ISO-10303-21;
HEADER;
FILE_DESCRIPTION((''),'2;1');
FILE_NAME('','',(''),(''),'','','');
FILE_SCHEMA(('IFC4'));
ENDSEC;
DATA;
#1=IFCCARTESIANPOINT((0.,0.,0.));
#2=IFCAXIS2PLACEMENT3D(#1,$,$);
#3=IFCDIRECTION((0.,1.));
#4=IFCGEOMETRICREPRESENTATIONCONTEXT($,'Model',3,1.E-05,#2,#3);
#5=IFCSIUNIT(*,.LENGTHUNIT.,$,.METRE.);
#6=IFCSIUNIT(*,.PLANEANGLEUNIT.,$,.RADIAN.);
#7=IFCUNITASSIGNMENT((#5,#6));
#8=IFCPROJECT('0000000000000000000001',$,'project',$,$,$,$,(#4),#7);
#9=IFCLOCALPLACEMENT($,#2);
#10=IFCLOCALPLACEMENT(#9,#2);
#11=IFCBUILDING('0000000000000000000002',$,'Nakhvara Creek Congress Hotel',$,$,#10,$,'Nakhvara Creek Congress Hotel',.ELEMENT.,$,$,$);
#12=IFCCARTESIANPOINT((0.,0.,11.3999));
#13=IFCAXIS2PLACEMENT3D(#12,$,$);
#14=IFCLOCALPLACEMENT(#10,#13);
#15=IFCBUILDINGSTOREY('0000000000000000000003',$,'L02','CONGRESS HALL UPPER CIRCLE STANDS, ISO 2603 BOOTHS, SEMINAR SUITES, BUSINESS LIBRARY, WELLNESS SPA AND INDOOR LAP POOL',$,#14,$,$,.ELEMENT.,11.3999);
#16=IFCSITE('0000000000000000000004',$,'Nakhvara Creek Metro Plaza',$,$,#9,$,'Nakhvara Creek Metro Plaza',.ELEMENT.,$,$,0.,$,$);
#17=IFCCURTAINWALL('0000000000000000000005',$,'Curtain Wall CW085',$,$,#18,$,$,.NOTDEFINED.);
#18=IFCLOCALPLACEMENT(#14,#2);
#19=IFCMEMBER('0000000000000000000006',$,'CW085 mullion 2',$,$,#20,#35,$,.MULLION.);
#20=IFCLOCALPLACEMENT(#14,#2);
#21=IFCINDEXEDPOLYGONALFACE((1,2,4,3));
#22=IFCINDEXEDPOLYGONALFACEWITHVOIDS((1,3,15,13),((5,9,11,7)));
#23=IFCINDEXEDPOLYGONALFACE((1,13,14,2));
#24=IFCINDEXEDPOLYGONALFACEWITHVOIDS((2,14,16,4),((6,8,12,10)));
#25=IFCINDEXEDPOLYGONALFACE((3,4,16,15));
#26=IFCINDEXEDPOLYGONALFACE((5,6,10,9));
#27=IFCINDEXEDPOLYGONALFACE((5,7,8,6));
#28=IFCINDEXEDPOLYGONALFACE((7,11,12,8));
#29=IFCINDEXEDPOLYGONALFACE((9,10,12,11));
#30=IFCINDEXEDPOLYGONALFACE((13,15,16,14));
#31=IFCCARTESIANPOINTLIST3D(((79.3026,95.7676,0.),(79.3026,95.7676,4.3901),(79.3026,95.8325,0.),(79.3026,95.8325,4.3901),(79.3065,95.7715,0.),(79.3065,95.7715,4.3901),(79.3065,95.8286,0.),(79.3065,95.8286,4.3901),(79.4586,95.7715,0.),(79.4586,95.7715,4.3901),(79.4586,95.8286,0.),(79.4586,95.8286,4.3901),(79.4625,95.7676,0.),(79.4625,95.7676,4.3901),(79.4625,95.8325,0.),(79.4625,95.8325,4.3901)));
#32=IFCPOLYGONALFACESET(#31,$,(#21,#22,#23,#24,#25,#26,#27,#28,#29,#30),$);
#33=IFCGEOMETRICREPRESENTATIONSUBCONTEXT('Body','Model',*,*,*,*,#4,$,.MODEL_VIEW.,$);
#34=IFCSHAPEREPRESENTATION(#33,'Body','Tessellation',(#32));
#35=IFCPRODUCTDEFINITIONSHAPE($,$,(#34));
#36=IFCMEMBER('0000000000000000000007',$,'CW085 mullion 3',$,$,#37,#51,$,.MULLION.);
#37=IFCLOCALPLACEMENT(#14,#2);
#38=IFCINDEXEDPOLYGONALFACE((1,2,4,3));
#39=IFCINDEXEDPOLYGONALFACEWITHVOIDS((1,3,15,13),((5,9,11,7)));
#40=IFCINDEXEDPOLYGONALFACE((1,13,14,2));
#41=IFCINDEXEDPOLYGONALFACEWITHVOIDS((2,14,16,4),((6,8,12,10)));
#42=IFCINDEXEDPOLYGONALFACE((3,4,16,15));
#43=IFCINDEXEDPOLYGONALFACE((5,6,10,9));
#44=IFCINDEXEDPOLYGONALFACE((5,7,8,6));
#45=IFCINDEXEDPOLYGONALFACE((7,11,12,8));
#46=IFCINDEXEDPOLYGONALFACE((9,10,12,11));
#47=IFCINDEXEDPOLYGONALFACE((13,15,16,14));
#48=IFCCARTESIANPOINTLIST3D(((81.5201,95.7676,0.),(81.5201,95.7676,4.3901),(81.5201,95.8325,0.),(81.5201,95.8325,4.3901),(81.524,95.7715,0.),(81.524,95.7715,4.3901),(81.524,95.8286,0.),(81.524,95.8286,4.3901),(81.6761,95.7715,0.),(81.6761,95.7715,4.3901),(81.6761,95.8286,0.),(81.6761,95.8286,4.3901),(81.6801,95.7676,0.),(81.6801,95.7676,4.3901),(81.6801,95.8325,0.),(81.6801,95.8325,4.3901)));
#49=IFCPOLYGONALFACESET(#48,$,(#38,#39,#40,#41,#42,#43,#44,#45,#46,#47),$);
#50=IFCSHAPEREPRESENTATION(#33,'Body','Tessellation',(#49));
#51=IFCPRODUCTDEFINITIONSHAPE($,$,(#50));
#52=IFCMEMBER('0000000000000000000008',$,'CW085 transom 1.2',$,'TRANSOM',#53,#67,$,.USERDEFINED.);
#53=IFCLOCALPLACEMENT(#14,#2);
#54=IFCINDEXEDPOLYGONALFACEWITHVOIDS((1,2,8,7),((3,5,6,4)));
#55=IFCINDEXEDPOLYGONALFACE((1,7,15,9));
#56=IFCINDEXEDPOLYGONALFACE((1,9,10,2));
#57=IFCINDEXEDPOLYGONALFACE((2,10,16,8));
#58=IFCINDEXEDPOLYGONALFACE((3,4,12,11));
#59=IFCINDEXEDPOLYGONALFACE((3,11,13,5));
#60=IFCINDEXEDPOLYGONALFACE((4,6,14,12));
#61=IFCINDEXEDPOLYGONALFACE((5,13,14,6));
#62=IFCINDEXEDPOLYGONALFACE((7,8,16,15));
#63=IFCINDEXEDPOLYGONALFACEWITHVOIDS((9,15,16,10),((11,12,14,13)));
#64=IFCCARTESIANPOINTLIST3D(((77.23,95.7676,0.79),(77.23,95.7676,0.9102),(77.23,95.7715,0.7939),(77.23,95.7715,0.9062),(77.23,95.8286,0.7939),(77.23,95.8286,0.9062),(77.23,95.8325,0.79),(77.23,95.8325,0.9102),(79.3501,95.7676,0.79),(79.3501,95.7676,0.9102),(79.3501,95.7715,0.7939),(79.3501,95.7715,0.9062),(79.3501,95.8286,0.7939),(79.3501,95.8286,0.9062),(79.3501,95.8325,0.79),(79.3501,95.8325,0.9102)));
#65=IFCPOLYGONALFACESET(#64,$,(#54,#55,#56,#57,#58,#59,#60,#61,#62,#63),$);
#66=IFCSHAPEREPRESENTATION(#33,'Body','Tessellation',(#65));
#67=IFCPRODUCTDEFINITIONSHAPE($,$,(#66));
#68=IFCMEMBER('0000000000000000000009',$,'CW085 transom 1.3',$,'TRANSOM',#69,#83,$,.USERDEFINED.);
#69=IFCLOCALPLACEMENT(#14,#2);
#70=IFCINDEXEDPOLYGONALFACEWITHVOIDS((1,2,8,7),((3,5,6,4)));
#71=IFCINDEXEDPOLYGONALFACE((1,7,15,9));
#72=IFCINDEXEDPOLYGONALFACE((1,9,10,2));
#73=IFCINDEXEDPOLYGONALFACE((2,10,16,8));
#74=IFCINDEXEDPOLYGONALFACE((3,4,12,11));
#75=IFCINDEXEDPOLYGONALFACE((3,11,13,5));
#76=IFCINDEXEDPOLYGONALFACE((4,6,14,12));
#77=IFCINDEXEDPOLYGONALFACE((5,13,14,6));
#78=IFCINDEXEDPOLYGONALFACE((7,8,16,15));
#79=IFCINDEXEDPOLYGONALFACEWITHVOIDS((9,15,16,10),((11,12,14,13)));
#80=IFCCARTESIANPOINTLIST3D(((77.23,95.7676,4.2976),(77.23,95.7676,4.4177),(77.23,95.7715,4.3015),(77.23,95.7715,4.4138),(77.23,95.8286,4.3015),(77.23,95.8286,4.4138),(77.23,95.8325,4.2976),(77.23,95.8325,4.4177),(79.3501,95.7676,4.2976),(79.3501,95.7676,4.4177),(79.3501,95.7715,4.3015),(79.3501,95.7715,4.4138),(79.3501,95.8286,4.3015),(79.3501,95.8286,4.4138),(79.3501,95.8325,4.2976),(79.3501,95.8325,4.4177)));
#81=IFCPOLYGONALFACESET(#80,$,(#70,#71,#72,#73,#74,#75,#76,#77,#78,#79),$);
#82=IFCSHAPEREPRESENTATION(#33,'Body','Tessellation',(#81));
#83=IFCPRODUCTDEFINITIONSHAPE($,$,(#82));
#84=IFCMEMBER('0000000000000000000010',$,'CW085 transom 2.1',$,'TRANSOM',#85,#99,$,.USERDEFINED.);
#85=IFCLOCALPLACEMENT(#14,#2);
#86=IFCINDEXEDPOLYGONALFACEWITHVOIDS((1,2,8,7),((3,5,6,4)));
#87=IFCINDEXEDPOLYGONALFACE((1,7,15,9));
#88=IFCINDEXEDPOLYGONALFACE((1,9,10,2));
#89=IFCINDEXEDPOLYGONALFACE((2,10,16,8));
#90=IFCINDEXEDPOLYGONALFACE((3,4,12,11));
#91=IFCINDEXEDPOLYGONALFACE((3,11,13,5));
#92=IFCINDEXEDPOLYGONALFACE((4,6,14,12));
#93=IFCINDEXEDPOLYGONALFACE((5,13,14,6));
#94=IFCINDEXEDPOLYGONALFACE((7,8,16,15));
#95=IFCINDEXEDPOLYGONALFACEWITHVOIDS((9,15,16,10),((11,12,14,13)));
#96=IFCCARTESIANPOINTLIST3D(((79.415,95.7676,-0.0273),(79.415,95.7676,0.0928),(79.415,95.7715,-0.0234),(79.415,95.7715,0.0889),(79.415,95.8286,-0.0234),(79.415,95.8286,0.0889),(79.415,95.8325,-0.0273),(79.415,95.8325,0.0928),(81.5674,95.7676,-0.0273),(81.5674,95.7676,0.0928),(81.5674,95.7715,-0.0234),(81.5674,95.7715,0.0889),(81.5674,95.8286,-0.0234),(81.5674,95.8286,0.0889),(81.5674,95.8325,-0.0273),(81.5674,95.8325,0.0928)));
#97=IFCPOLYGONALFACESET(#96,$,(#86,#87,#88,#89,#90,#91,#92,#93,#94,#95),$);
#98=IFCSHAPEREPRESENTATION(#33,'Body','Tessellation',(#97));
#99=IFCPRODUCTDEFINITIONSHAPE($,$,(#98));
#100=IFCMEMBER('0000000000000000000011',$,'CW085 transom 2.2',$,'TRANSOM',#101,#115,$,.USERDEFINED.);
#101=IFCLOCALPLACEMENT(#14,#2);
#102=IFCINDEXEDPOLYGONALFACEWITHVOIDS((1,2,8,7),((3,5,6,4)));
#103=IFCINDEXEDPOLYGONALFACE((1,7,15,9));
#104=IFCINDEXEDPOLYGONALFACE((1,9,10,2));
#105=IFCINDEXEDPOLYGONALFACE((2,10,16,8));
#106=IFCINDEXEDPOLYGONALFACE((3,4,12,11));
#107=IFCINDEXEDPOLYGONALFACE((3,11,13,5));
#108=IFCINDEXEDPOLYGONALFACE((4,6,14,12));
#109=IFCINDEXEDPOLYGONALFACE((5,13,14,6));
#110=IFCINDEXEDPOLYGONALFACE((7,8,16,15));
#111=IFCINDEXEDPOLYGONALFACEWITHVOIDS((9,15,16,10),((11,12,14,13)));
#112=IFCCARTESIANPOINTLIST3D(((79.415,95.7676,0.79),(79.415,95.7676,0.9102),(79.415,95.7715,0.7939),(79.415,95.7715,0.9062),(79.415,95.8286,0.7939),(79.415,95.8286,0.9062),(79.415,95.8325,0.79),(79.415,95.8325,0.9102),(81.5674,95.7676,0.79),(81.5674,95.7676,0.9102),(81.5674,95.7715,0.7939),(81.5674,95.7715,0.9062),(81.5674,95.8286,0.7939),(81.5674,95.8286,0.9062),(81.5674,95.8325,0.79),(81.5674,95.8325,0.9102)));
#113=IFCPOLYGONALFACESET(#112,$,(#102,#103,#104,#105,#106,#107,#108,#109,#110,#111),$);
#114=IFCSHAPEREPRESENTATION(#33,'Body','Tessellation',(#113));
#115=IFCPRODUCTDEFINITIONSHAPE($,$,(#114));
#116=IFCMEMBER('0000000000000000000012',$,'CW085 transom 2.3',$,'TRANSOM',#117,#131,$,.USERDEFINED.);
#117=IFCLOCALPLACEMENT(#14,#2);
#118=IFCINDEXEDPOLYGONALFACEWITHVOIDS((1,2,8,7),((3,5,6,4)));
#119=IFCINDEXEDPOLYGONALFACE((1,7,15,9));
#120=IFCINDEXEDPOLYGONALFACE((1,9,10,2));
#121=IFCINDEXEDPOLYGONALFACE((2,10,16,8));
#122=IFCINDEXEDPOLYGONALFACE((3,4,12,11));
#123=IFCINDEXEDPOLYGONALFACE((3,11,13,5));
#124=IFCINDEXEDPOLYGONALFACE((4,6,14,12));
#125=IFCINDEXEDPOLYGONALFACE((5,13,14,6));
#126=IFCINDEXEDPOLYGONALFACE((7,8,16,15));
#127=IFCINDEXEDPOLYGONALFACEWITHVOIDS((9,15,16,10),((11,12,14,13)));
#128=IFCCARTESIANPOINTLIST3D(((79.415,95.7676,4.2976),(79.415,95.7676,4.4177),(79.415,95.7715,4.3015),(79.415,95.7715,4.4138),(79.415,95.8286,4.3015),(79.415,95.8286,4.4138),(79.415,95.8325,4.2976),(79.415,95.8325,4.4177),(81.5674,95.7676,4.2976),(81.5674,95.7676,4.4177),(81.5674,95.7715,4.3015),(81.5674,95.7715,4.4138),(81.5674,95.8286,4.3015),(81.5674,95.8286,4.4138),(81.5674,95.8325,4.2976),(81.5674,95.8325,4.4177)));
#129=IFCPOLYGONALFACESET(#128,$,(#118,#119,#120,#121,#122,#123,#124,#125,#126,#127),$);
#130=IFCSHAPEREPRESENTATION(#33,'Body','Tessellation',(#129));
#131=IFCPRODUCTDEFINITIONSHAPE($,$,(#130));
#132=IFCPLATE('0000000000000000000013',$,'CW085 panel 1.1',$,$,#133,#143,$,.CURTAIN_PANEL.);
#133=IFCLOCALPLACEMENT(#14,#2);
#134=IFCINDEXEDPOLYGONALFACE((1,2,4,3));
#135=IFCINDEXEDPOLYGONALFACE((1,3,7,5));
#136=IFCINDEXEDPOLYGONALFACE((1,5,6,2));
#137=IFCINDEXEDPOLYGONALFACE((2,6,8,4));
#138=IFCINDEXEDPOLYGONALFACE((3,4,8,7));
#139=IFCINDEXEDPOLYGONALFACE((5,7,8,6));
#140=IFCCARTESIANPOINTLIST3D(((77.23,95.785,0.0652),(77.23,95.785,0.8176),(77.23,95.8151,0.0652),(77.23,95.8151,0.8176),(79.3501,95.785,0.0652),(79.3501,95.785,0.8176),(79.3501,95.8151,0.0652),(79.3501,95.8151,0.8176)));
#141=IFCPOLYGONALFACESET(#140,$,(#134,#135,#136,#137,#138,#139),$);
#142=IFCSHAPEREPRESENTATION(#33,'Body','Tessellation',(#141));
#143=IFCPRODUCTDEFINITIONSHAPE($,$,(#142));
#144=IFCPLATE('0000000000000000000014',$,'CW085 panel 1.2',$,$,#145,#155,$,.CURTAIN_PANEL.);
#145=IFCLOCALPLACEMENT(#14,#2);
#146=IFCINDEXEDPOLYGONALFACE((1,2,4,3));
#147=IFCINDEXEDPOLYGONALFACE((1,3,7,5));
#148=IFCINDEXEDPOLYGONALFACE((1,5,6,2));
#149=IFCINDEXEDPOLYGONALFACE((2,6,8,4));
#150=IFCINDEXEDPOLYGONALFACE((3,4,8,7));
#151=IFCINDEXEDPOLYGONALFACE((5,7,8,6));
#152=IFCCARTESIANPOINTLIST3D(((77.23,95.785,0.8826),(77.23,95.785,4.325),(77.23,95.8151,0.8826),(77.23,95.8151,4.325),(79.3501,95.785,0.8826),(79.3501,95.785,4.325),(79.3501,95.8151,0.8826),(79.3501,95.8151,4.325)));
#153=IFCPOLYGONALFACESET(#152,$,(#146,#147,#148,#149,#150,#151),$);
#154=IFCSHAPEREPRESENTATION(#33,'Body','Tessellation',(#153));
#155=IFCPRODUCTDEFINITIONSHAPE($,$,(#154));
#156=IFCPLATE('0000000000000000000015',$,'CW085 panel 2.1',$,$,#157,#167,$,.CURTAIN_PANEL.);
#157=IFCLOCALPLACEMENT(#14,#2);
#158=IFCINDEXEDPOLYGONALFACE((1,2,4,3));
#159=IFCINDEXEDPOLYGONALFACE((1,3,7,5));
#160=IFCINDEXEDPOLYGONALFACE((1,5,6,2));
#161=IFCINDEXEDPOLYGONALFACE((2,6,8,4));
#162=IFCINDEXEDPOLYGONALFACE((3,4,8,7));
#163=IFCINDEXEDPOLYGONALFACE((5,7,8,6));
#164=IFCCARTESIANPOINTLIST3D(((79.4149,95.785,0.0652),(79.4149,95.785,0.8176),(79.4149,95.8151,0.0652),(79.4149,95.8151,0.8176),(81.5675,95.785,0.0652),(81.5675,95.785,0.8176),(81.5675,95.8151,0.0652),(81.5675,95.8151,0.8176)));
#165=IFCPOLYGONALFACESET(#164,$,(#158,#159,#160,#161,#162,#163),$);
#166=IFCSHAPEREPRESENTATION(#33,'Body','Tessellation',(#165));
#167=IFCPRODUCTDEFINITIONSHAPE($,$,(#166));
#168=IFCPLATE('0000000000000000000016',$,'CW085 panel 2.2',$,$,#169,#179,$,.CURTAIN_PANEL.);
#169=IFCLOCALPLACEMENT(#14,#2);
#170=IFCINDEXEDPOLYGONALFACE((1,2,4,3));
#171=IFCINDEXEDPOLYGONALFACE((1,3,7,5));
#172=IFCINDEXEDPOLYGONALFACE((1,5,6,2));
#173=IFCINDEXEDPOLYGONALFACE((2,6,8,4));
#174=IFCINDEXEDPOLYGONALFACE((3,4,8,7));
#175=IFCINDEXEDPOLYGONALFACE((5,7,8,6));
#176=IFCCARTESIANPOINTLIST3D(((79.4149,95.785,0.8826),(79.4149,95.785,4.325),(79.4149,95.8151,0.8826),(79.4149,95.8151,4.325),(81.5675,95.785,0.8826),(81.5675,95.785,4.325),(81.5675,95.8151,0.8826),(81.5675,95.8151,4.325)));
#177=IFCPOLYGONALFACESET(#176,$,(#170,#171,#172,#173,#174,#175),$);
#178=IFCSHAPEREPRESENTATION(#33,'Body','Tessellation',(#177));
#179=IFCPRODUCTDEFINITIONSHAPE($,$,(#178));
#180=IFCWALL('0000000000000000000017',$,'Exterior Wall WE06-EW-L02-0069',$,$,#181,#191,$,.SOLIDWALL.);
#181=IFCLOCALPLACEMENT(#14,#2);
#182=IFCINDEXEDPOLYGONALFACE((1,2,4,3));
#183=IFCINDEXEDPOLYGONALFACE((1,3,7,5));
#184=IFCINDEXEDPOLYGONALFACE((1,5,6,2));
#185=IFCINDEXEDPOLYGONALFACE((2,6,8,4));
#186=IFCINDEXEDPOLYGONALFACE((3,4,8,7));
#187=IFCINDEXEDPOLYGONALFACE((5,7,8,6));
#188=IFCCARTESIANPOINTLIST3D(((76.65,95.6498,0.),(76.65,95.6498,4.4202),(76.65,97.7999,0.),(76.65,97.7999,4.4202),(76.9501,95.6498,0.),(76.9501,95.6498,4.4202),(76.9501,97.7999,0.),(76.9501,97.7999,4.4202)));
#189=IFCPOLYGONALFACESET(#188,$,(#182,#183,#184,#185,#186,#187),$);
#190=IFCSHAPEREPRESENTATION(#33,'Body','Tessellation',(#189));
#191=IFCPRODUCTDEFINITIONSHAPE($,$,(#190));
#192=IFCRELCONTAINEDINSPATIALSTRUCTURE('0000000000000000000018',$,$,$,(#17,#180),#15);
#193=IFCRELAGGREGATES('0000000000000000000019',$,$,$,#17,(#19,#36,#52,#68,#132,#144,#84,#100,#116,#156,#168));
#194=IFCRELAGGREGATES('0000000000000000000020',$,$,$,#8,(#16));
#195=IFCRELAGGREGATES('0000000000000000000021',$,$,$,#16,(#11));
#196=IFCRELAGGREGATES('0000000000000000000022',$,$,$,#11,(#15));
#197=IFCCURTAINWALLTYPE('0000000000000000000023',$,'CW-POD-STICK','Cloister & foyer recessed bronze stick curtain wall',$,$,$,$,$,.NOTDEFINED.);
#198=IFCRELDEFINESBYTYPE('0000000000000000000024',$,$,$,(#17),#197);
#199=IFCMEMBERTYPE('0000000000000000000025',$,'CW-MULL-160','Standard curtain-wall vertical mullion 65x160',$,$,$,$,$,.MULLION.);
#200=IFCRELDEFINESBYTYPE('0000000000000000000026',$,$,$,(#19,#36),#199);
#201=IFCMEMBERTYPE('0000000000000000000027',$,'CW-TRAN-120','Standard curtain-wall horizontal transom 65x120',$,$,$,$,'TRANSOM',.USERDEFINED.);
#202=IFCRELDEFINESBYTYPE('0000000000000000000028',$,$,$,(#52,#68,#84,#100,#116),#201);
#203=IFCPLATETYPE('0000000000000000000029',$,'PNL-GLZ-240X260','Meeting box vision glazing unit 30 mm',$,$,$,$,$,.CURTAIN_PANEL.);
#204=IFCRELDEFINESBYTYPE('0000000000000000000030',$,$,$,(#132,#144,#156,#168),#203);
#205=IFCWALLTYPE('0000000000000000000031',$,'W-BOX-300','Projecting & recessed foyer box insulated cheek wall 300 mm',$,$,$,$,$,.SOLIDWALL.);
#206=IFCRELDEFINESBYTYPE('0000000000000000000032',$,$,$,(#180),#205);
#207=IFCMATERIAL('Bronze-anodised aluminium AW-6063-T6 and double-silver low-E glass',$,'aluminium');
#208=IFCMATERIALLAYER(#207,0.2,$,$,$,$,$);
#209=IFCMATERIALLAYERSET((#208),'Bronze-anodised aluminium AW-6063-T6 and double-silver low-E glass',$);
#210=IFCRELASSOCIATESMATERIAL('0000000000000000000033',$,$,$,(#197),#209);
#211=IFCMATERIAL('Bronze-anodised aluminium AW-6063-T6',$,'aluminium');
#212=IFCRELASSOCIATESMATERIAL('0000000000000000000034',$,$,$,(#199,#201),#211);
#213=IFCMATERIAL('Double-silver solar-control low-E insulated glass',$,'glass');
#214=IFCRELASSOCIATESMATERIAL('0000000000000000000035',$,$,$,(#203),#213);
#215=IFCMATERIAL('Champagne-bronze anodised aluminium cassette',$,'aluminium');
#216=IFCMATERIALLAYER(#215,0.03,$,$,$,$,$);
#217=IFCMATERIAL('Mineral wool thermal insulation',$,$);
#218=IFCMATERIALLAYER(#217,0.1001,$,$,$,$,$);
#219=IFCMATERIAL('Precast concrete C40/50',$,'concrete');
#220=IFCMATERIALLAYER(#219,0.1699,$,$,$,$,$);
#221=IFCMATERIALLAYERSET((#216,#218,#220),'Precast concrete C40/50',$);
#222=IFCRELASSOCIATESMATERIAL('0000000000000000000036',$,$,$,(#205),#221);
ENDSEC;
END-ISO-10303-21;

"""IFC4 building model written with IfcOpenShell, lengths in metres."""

from ifc_helpers import new_model, si_unit, direction, frame, frame_2d, origin, origin_2d, place, context, subcontext, project, spatial, rectangle, hollow_rectangle, extrude, material, layer, layer_set, material_profile, profile_set, type_object, element, aggregate, save


model = new_model("IFC4")

# Units and contexts
model_context = context("Model", 3, precision=1e-05, world=origin(), true_north=direction((0.0, 1.0)))
body_context = subcontext(model_context, "Body", "Model", "MODEL_VIEW")
ifc_project = project(units=[si_unit("LENGTHUNIT", "METRE"), si_unit("PLANEANGLEUNIT", "RADIAN")], contexts=[model_context])

# Site, building, storey
site_placement = place(None, origin())
site = spatial("IfcSite", under=ifc_project, at=site_placement, Name="Nakhvara Creek Metro Plaza", LongName="Nakhvara Creek Metro Plaza", CompositionType="ELEMENT", RefElevation=0.0)
building_placement = place(site_placement, origin())
building = spatial("IfcBuilding", under=site, at=building_placement, Name="Nakhvara Creek Congress Hotel", LongName="Nakhvara Creek Congress Hotel", CompositionType="ELEMENT")
storey_placement = place(building_placement, frame((0.0, 0.0, 11.3999)))
storey = spatial("IfcBuildingStorey", under=building, at=storey_placement, Name="L02", Description="CONGRESS HALL UPPER CIRCLE STANDS, ISO 2603 BOOTHS, SEMINAR SUITES, BUSINESS LIBRARY, WELLNESS SPA AND INDOOR LAP POOL", CompositionType="ELEMENT", Elevation=11.3999)

# Curtain wall, members, plates
ifc_material_1 = material(Name="Bronze-anodised aluminium AW-6063-T6 and double-silver low-E glass", Category="aluminium")
ifc_layer_1 = layer(ifc_material_1, 0.2)
ifc_layer_set_1 = layer_set([ifc_layer_1], Name="Bronze-anodised aluminium AW-6063-T6 and double-silver low-E glass")
curtain_wall_type = type_object("IfcCurtainWallType", Name="CW-POD-STICK", Description="Cloister & foyer recessed bronze stick curtain wall", PredefinedType="NOTDEFINED", material=ifc_layer_set_1)
curtain_wall_placement = place(storey_placement, origin())
curtain_wall = element("IfcCurtainWall", 1, at=curtain_wall_placement, inside=storey, type_object=curtain_wall_type, Name="Curtain Wall CW085", PredefinedType="NOTDEFINED")
ifc_material_2 = material(Name="Bronze-anodised aluminium AW-6063-T6", Category="aluminium")
ifc_material_profile_1 = material_profile(ifc_material_2, hollow_rectangle(XDim=0.0649, YDim=0.1599, WallThickness=0.0039, at=origin_2d()), Name="ALU-MULL 65x160x4", Category="LoadBearing")
ifc_profile_set_1 = profile_set([ifc_material_profile_1], Name="Bronze-anodised aluminium AW-6063-T6")
member_type_1 = type_object("IfcMemberType", Name="CW-MULL-160", Description="Standard curtain-wall vertical mullion 65x160", PredefinedType="MULLION", material=ifc_profile_set_1)
member_1_placement = place(storey_placement, frame((79.3826, 95.8, 0.0), z_axis=(0.0, 0.0, 1.0), x_axis=(0.0, 1.0, 0.0)))
member_1 = element("IfcMember", 2, at=member_1_placement, type_object=member_type_1, Name="CW085 mullion 2", PredefinedType="MULLION", context=body_context, shape_type="SweptSolid", body=[
    extrude(hollow_rectangle(XDim=0.0649, YDim=0.1599, WallThickness=0.0039, at=origin_2d()), origin(), (0.0, 0.0, 1.0), 4.3901),
])
member_2_placement = place(storey_placement, frame((81.6001, 95.8, 0.0), z_axis=(0.0, 0.0, 1.0), x_axis=(0.0, 1.0, 0.0)))
member_2 = element("IfcMember", 3, at=member_2_placement, type_object=member_type_1, Name="CW085 mullion 3", PredefinedType="MULLION", context=body_context, shape_type="SweptSolid", body=[
    extrude(hollow_rectangle(XDim=0.0649, YDim=0.1599, WallThickness=0.0039, at=origin_2d()), origin(), (0.0, 0.0, 1.0), 4.3901),
])
ifc_material_profile_2 = material_profile(ifc_material_2, hollow_rectangle(XDim=0.0649, YDim=0.1201, WallThickness=0.0039, at=origin_2d()), Name="ALU-TRAN 65x120x4", Category="LoadBearing")
ifc_profile_set_2 = profile_set([ifc_material_profile_2], Name="Bronze-anodised aluminium AW-6063-T6")
member_type_2 = type_object("IfcMemberType", Name="CW-TRAN-120", Description="Standard curtain-wall horizontal transom 65x120", ElementType="TRANSOM", PredefinedType="USERDEFINED", material=ifc_profile_set_2)
member_3_placement = place(storey_placement, frame((77.23, 95.8, 0.8501), z_axis=(1.0, 0.0, 0.0), x_axis=(0.0, 1.0, 0.0)))
member_3 = element("IfcMember", 4, at=member_3_placement, type_object=member_type_2, Name="CW085 transom 1.2", ObjectType="TRANSOM", PredefinedType="USERDEFINED", context=body_context, shape_type="SweptSolid", body=[
    extrude(hollow_rectangle(XDim=0.0649, YDim=0.1201, WallThickness=0.0039, at=origin_2d()), origin(), (0.0, 0.0, 1.0), 2.1201),
])
member_4_placement = place(storey_placement, frame((77.23, 95.8, 4.3577), z_axis=(1.0, 0.0, 0.0), x_axis=(0.0, 1.0, 0.0)))
member_4 = element("IfcMember", 5, at=member_4_placement, type_object=member_type_2, Name="CW085 transom 1.3", ObjectType="TRANSOM", PredefinedType="USERDEFINED", context=body_context, shape_type="SweptSolid", body=[
    extrude(hollow_rectangle(XDim=0.0649, YDim=0.1201, WallThickness=0.0039, at=origin_2d()), origin(), (0.0, 0.0, 1.0), 2.1201),
])
member_5_placement = place(storey_placement, frame((79.415, 95.8, 0.0327), z_axis=(1.0, 0.0, 0.0), x_axis=(0.0, 1.0, 0.0)))
member_5 = element("IfcMember", 6, at=member_5_placement, type_object=member_type_2, Name="CW085 transom 2.1", ObjectType="TRANSOM", PredefinedType="USERDEFINED", context=body_context, shape_type="SweptSolid", body=[
    extrude(hollow_rectangle(XDim=0.0649, YDim=0.1201, WallThickness=0.0039, at=origin_2d()), origin(), (0.0, 0.0, 1.0), 2.1523),
])
member_6_placement = place(storey_placement, frame((79.415, 95.8, 0.8501), z_axis=(1.0, 0.0, 0.0), x_axis=(0.0, 1.0, 0.0)))
member_6 = element("IfcMember", 7, at=member_6_placement, type_object=member_type_2, Name="CW085 transom 2.2", ObjectType="TRANSOM", PredefinedType="USERDEFINED", context=body_context, shape_type="SweptSolid", body=[
    extrude(hollow_rectangle(XDim=0.0649, YDim=0.1201, WallThickness=0.0039, at=origin_2d()), origin(), (0.0, 0.0, 1.0), 2.1523),
])
member_7_placement = place(storey_placement, frame((79.415, 95.8, 4.3577), z_axis=(1.0, 0.0, 0.0), x_axis=(0.0, 1.0, 0.0)))
member_7 = element("IfcMember", 8, at=member_7_placement, type_object=member_type_2, Name="CW085 transom 2.3", ObjectType="TRANSOM", PredefinedType="USERDEFINED", context=body_context, shape_type="SweptSolid", body=[
    extrude(hollow_rectangle(XDim=0.0649, YDim=0.1201, WallThickness=0.0039, at=origin_2d()), origin(), (0.0, 0.0, 1.0), 2.1523),
])
ifc_material_3 = material(Name="Double-silver solar-control low-E insulated glass", Category="glass")
plate_type = type_object("IfcPlateType", Name="PNL-GLZ-240X260", Description="Meeting box vision glazing unit 30 mm", PredefinedType="CURTAIN_PANEL", material=ifc_material_3)
plate_1_placement = place(storey_placement, frame((78.29, 95.8, 0.0652), z_axis=(0.0, 0.0, 1.0), x_axis=(1.0, 0.0, 0.0)))
plate_1 = element("IfcPlate", 9, at=plate_1_placement, type_object=plate_type, Name="CW085 panel 1.1", PredefinedType="CURTAIN_PANEL", context=body_context, shape_type="SweptSolid", body=[
    extrude(rectangle(XDim=2.1201, YDim=0.03, at=origin_2d()), origin(), (0.0, 0.0, 1.0), 0.7524),
])
plate_2_placement = place(storey_placement, frame((78.29, 95.8, 0.8826), z_axis=(0.0, 0.0, 1.0), x_axis=(1.0, 0.0, 0.0)))
plate_2 = element("IfcPlate", 10, at=plate_2_placement, type_object=plate_type, Name="CW085 panel 1.2", PredefinedType="CURTAIN_PANEL", context=body_context, shape_type="SweptSolid", body=[
    extrude(rectangle(XDim=2.1201, YDim=0.03, at=origin_2d()), origin(), (0.0, 0.0, 1.0), 3.4424),
])
plate_3_placement = place(storey_placement, frame((80.4912, 95.8, 0.0652), z_axis=(0.0, 0.0, 1.0), x_axis=(1.0, 0.0, 0.0)))
plate_3 = element("IfcPlate", 11, at=plate_3_placement, type_object=plate_type, Name="CW085 panel 2.1", PredefinedType="CURTAIN_PANEL", context=body_context, shape_type="SweptSolid", body=[
    extrude(rectangle(XDim=2.1526, YDim=0.03, at=origin_2d()), origin(), (0.0, 0.0, 1.0), 0.7524),
])
plate_4_placement = place(storey_placement, frame((80.4912, 95.8, 0.8826), z_axis=(0.0, 0.0, 1.0), x_axis=(1.0, 0.0, 0.0)))
plate_4 = element("IfcPlate", 12, at=plate_4_placement, type_object=plate_type, Name="CW085 panel 2.2", PredefinedType="CURTAIN_PANEL", context=body_context, shape_type="SweptSolid", body=[
    extrude(rectangle(XDim=2.1526, YDim=0.03, at=origin_2d()), origin(), (0.0, 0.0, 1.0), 3.4424),
])
aggregate(curtain_wall, [member_1, member_2, member_3, member_4, plate_1, plate_2, member_5, member_6, member_7, plate_3, plate_4])

# Wall
ifc_material_4 = material(Name="Champagne-bronze anodised aluminium cassette", Category="aluminium")
ifc_layer_2 = layer(ifc_material_4, 0.03)
ifc_material_5 = material(Name="Mineral wool thermal insulation")
ifc_layer_3 = layer(ifc_material_5, 0.1001)
ifc_material_6 = material(Name="Precast concrete C40/50", Category="concrete")
ifc_layer_4 = layer(ifc_material_6, 0.1699)
ifc_layer_set_2 = layer_set([ifc_layer_2, ifc_layer_3, ifc_layer_4], Name="Precast concrete C40/50")
wall_type = type_object("IfcWallType", Name="W-BOX-300", Description="Projecting & recessed foyer box insulated cheek wall 300 mm", PredefinedType="SOLIDWALL", material=ifc_layer_set_2)
wall_placement = place(storey_placement, frame((76.8, 97.8, 0.0), z_axis=(0.0, 0.0, 1.0), x_axis=(0.0, -1.0, 0.0)))
element("IfcWall", 13, at=wall_placement, inside=storey, type_object=wall_type, Name="Exterior Wall WE06-EW-L02-0069", PredefinedType="SOLIDWALL", context=body_context, shape_type="SweptSolid", body=[
    extrude(rectangle(XDim=2.1501, YDim=0.3, at=frame_2d((1.0752, 0.0))), origin(), (0.0, 0.0, 1.0), 4.4202),
])

save(model, "model.ifc")
